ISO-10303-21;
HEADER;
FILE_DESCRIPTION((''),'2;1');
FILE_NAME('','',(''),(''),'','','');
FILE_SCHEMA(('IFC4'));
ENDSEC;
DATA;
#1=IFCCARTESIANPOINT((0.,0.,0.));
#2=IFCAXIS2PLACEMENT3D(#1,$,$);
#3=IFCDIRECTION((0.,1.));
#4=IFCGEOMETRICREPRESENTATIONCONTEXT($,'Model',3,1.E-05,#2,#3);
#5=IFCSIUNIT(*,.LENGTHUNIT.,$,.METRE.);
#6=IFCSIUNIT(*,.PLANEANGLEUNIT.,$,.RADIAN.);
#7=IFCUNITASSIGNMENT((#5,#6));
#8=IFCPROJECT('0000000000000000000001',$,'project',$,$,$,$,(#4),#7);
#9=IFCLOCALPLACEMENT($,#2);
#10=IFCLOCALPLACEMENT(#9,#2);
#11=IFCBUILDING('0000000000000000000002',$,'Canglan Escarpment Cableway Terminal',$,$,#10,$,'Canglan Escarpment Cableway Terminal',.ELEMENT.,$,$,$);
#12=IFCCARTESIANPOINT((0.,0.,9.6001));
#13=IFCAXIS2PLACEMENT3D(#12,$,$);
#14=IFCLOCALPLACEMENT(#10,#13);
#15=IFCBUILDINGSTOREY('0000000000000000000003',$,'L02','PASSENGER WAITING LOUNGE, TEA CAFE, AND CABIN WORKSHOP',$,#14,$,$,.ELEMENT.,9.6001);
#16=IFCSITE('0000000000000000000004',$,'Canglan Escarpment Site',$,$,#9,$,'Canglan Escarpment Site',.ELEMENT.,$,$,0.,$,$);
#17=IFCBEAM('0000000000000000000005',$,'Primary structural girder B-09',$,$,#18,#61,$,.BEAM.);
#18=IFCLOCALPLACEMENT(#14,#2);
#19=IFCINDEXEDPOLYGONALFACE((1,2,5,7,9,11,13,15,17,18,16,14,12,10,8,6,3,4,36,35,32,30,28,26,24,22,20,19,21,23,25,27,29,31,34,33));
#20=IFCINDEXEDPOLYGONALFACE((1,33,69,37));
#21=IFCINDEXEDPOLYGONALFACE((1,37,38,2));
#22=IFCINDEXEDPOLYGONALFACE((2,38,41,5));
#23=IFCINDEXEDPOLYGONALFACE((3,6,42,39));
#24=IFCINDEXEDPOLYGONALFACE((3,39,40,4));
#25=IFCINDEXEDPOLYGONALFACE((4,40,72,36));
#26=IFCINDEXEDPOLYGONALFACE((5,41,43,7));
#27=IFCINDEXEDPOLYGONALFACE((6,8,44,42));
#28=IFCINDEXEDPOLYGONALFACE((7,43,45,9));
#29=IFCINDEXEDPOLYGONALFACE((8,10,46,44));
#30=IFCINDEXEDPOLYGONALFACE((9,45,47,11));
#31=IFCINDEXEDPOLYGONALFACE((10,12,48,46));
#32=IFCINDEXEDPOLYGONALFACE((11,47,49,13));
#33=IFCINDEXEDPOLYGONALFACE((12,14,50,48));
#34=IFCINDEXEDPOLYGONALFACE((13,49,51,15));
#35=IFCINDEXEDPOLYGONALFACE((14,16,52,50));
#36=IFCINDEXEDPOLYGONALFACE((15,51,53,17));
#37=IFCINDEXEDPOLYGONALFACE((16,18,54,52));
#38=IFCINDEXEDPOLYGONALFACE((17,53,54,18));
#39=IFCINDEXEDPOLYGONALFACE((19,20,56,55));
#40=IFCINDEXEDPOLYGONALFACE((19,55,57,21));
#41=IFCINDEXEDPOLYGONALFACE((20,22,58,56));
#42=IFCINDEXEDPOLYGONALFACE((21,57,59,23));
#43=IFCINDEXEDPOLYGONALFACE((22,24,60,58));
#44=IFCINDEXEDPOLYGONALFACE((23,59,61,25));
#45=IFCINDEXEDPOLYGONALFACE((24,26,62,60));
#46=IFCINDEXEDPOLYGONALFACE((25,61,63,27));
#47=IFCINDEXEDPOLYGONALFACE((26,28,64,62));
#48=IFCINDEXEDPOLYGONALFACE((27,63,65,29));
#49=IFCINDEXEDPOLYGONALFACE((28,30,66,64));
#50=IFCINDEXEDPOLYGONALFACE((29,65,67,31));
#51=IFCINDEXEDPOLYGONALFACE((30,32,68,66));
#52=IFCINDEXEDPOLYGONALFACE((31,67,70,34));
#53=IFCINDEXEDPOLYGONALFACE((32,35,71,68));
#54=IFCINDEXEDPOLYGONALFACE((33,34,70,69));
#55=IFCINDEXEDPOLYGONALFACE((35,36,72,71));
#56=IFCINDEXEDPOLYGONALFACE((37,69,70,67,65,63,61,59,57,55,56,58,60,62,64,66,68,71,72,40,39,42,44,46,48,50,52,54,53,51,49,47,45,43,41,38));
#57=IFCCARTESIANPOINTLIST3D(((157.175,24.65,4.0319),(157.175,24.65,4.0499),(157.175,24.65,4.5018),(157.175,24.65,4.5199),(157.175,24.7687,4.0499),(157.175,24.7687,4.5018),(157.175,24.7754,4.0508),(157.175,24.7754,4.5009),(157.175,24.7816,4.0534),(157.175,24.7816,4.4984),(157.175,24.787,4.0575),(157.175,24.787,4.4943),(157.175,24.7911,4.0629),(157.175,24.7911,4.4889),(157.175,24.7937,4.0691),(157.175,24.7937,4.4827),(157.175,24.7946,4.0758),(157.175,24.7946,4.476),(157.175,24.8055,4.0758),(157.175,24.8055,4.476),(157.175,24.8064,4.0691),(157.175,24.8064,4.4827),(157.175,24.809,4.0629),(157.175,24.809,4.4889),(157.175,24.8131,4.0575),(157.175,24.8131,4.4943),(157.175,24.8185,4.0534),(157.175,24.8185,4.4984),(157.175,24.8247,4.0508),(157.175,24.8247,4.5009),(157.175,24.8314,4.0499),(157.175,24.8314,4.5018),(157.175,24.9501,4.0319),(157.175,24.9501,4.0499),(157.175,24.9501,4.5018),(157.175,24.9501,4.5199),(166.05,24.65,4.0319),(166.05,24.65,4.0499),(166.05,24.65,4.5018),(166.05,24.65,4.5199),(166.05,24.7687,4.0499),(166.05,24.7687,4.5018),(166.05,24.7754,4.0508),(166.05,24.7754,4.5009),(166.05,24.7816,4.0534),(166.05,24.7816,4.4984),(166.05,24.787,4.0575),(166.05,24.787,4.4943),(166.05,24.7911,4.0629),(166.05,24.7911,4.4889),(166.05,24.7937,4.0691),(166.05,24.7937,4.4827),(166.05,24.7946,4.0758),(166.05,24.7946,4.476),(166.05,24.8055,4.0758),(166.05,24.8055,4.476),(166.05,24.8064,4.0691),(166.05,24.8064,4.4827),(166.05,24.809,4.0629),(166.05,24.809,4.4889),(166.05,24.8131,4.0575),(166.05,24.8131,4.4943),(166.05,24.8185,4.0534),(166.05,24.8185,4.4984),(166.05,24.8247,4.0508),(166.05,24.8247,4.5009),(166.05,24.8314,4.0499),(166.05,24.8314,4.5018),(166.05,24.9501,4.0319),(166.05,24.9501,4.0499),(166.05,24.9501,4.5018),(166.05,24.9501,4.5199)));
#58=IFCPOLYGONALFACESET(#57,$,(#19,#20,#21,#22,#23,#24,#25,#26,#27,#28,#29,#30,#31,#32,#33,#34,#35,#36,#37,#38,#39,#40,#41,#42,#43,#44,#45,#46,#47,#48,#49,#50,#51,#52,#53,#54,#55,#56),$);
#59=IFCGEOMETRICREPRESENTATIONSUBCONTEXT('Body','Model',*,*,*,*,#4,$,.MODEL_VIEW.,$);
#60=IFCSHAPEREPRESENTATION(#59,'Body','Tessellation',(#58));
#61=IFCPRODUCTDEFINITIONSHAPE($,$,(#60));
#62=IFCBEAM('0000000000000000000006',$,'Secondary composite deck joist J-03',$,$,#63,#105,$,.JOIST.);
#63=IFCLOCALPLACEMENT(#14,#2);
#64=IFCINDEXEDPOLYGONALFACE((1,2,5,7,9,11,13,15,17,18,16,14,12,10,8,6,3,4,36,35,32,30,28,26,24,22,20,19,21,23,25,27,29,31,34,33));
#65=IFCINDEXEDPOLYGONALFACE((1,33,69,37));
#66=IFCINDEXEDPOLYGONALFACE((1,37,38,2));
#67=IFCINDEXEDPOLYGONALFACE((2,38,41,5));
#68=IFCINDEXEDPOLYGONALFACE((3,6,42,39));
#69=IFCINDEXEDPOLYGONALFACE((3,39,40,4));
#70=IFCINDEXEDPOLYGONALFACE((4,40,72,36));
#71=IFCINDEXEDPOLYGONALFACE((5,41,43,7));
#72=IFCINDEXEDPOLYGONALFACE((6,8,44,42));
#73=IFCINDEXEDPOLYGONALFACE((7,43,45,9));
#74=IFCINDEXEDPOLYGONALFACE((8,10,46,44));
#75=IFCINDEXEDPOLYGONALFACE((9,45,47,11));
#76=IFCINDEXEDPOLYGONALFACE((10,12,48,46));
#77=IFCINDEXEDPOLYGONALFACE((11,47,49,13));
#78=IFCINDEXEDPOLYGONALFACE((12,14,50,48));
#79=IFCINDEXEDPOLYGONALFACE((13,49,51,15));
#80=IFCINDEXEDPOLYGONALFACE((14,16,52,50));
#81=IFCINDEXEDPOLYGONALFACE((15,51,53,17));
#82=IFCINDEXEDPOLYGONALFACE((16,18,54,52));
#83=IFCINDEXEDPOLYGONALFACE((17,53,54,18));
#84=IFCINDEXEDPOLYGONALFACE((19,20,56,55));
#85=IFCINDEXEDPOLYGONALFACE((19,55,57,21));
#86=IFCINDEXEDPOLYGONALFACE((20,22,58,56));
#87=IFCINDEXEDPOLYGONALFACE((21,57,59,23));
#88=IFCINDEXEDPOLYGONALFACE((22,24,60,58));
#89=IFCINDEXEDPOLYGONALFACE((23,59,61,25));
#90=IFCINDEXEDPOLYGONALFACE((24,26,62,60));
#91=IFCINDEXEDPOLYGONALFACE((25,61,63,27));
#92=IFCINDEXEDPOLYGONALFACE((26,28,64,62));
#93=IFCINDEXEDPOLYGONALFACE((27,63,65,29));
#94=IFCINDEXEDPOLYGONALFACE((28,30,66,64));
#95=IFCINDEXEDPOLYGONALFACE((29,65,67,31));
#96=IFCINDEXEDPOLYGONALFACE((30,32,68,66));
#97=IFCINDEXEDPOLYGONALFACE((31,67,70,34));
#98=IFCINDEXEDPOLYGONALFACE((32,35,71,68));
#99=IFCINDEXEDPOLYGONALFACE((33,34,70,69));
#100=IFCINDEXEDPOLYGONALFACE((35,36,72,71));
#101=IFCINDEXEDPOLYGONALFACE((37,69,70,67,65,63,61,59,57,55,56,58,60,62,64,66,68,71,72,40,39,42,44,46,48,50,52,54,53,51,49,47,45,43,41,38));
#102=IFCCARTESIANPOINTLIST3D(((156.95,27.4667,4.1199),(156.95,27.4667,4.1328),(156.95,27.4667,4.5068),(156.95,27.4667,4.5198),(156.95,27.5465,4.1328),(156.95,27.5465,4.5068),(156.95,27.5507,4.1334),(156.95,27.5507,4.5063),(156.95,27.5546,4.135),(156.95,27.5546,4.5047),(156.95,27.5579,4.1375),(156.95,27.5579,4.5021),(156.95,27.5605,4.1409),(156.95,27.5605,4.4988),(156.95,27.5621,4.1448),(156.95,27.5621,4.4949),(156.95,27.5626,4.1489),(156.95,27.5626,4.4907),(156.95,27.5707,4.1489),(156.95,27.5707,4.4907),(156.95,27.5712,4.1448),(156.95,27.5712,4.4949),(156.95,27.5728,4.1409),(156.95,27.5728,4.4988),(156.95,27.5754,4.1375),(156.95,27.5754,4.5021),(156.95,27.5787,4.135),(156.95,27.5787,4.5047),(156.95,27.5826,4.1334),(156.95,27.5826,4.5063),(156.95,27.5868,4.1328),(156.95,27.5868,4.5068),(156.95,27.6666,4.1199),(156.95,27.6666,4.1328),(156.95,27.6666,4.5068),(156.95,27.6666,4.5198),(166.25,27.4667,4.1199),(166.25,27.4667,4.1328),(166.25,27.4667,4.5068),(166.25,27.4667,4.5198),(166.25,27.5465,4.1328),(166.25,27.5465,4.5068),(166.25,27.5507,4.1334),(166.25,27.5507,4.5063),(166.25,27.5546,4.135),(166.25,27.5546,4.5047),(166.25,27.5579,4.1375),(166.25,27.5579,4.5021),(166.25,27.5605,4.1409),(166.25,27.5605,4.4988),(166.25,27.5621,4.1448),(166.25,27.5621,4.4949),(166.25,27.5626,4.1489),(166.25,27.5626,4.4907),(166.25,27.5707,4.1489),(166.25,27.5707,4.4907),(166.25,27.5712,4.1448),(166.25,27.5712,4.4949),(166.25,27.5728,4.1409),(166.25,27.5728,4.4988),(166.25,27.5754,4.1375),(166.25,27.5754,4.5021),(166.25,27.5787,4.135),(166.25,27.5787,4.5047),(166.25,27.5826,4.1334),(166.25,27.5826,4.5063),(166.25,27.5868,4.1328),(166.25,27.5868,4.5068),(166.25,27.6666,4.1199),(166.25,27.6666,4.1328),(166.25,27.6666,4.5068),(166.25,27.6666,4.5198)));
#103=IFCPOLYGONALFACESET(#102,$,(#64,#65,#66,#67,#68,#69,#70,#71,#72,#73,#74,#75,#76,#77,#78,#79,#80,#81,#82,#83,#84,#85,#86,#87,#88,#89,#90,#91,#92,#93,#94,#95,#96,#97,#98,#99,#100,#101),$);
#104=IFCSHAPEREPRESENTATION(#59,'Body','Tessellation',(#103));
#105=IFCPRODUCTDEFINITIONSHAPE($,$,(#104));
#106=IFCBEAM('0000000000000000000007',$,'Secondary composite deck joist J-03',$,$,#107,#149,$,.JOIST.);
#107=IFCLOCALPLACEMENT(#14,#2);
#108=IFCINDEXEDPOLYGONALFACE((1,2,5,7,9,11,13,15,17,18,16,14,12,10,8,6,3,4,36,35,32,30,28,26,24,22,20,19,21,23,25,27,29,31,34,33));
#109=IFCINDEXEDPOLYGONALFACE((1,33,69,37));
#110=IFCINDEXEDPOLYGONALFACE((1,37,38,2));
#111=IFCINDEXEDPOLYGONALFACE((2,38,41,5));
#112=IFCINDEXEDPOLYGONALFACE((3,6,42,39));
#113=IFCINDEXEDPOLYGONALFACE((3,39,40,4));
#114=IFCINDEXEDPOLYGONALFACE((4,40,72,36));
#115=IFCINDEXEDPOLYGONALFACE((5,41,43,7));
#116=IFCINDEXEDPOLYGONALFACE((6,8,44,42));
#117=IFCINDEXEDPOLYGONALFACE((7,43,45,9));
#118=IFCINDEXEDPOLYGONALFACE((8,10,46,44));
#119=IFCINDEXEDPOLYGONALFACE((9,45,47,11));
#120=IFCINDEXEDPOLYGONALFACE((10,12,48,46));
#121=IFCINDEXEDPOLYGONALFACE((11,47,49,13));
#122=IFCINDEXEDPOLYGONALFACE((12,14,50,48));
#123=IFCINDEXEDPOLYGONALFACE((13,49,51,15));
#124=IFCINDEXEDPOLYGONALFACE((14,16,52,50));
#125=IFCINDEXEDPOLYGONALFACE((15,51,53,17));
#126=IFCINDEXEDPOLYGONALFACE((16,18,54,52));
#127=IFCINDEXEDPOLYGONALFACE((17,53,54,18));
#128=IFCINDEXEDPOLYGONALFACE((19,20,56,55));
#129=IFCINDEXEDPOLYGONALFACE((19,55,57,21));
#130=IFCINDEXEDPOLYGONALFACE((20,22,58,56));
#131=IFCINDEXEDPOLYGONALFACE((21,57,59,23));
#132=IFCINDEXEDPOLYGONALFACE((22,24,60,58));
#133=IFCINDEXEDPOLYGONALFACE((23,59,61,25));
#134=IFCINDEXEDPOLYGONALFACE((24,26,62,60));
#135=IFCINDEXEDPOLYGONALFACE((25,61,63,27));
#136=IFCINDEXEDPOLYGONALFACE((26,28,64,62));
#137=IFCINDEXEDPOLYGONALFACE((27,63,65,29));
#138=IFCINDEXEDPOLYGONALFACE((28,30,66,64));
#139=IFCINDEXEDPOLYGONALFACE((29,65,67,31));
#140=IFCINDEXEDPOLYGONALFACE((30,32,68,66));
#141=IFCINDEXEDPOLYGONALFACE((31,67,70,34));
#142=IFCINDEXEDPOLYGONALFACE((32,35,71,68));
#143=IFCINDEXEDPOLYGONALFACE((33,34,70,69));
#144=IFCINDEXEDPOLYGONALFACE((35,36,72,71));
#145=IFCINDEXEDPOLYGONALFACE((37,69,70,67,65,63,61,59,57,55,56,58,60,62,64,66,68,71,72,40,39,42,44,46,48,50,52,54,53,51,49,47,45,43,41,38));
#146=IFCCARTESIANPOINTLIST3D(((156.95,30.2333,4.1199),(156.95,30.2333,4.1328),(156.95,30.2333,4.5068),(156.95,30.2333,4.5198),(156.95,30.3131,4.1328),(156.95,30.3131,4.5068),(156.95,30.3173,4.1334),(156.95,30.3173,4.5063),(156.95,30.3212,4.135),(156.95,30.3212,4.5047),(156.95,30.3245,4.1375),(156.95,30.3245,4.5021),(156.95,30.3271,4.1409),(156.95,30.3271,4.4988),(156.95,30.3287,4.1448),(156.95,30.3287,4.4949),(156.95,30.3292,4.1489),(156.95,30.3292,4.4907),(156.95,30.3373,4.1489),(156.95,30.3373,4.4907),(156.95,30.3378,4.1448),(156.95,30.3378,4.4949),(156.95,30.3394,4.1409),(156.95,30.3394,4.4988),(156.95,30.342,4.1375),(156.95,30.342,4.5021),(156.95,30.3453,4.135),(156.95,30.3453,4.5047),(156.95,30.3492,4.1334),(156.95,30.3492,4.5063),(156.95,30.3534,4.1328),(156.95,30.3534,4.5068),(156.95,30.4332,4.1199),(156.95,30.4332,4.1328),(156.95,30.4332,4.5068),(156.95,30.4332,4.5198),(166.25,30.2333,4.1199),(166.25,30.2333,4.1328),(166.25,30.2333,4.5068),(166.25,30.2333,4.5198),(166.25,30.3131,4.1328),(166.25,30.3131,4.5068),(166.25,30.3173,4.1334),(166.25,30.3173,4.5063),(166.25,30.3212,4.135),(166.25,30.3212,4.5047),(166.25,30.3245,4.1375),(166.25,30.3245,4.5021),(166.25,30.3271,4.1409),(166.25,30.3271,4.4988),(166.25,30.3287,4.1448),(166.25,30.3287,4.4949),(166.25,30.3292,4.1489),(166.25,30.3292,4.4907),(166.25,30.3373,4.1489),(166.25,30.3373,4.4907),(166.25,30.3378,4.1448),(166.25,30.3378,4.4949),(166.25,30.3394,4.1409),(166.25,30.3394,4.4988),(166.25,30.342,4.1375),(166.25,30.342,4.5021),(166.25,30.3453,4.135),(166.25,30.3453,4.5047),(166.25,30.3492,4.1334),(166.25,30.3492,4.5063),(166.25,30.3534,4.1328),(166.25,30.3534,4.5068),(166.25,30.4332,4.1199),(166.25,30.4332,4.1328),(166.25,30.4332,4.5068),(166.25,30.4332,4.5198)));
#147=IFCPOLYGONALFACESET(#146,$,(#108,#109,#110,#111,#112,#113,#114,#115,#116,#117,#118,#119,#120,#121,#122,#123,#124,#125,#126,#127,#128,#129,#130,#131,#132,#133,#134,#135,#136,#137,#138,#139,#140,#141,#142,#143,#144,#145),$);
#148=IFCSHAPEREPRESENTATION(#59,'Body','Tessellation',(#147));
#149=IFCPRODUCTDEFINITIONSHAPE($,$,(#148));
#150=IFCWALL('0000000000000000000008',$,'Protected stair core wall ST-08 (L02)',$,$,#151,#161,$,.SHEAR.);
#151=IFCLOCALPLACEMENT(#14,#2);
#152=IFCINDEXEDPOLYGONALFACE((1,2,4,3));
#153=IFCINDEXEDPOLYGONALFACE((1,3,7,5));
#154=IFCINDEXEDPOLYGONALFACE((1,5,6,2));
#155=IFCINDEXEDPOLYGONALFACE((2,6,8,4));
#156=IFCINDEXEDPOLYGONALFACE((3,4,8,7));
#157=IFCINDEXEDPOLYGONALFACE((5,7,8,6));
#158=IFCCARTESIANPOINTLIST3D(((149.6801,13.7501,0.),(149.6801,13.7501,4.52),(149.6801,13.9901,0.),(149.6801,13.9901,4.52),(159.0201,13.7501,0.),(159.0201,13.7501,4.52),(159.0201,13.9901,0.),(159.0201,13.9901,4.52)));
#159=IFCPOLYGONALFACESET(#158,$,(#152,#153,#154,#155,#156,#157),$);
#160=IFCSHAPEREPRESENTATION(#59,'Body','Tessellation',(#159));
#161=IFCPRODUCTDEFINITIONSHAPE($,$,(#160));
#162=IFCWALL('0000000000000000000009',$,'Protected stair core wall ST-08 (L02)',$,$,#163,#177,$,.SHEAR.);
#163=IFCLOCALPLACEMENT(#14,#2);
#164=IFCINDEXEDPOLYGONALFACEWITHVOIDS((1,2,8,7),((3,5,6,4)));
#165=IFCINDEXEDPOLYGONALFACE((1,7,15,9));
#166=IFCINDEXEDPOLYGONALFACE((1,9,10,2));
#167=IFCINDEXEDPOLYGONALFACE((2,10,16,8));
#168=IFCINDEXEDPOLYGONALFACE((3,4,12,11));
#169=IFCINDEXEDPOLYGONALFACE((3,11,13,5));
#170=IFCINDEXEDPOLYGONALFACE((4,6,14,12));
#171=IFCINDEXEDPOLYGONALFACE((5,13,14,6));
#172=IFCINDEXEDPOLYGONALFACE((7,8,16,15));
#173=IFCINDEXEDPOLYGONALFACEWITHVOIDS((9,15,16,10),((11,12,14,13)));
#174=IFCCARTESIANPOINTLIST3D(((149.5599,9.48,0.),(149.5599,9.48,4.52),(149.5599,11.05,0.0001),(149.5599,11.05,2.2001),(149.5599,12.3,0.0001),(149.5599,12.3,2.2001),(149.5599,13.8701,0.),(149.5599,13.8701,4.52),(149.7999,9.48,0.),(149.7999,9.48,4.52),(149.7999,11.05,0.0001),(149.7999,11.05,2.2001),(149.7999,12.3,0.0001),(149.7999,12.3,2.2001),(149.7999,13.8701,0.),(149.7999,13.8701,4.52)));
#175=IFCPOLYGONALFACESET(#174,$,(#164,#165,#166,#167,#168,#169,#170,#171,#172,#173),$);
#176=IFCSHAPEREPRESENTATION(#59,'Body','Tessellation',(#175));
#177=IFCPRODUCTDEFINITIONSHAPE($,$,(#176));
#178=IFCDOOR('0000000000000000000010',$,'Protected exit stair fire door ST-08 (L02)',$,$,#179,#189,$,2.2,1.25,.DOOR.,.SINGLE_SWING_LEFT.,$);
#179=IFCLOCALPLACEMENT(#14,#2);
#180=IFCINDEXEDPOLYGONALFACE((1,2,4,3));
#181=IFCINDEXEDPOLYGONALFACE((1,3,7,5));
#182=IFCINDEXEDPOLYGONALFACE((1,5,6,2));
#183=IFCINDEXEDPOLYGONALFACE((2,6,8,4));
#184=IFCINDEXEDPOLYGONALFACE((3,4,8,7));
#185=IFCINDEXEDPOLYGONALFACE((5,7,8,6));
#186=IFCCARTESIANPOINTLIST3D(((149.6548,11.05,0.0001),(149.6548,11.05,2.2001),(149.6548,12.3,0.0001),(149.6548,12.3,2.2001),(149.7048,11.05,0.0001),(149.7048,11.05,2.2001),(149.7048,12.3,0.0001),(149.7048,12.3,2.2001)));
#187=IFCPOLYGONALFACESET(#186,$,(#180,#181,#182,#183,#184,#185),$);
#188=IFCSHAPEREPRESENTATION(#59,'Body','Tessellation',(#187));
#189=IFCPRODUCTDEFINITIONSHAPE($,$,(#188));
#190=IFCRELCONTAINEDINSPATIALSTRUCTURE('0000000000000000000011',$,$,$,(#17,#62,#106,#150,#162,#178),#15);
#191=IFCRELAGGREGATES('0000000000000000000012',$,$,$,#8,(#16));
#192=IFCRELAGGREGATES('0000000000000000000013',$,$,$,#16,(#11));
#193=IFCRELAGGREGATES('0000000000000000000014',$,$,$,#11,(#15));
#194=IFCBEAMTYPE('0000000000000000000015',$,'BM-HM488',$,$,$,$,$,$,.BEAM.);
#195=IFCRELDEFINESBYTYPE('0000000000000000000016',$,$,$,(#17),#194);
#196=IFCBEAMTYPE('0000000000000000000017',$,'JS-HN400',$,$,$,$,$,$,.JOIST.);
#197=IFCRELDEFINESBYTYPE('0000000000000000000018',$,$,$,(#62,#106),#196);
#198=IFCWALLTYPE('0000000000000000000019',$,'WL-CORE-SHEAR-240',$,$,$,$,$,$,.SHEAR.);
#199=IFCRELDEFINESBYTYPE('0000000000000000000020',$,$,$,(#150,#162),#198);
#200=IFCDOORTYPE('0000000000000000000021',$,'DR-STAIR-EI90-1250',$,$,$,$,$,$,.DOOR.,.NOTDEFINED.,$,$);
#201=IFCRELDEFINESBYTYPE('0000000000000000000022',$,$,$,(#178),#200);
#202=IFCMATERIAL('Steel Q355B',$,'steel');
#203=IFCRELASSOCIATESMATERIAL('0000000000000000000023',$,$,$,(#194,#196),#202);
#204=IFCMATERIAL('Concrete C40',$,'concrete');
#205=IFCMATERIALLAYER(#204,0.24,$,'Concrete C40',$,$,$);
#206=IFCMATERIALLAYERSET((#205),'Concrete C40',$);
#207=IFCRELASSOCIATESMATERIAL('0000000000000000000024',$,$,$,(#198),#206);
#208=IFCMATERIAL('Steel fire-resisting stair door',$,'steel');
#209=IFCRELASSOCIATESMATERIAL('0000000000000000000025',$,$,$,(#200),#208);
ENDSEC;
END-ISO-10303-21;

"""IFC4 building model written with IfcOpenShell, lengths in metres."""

from ifc_helpers import new_model, si_unit, direction, frame, frame_2d, origin, origin_2d, place, context, subcontext, project, spatial, rectangle, i_section, extrude, material, layer, layer_set, material_profile, profile_set, type_object, element, fill, save


model = new_model("IFC4")

# Units and contexts
model_context = context("Model", 3, precision=1e-05, world=origin(), true_north=direction((0.0, 1.0)))
body_context = subcontext(model_context, "Body", "Model", "MODEL_VIEW")
ifc_project = project(units=[si_unit("LENGTHUNIT", "METRE"), si_unit("PLANEANGLEUNIT", "RADIAN")], contexts=[model_context])

# Site, building, storey
site_placement = place(None, origin())
site = spatial("IfcSite", under=ifc_project, at=site_placement, Name="Canglan Escarpment Site", LongName="Canglan Escarpment Site", CompositionType="ELEMENT", RefElevation=0.0)
building_placement = place(site_placement, origin())
building = spatial("IfcBuilding", under=site, at=building_placement, Name="Canglan Escarpment Cableway Terminal", LongName="Canglan Escarpment Cableway Terminal", CompositionType="ELEMENT")
storey_placement = place(building_placement, frame((0.0, 0.0, 9.6001)))
storey = spatial("IfcBuildingStorey", under=building, at=storey_placement, Name="L02", Description="PASSENGER WAITING LOUNGE, TEA CAFE, AND CABIN WORKSHOP", CompositionType="ELEMENT", Elevation=9.6001)

# Shared definitions
ifc_material_1 = material(Name="Concrete C40", Category="concrete")

# Beams
ifc_material_2 = material(Name="Steel Q355B", Category="steel")
ifc_material_profile_1 = material_profile(ifc_material_2, i_section(OverallWidth=0.3, OverallDepth=0.488, WebThickness=0.011, FlangeThickness=0.0181, FilletRadius=0.0259, at=origin_2d()), Name="HM 488x300x11x18")
ifc_profile_set_1 = profile_set([ifc_material_profile_1], Name="Steel Q355B")
beam_type_1 = type_object("IfcBeamType", Name="BM-HM488", PredefinedType="BEAM", material=ifc_profile_set_1)
for number, where, z_axis, x_axis, name in (
    (1, (157.175, 24.8, 4.2759), (1.0, 0.0, 0.0), (0.0, 1.0, 0.0), "Primary structural girder B-09"),
):
    element("IfcBeam", number, at=place(storey_placement, frame(where, z_axis=z_axis, x_axis=x_axis)), inside=storey, type_object=beam_type_1, Name=name, PredefinedType="BEAM", context=body_context, shape_type="SweptSolid", body=[
        extrude(i_section(OverallWidth=0.3, OverallDepth=0.488, WebThickness=0.011, FlangeThickness=0.0181, FilletRadius=0.0259, at=origin_2d()), origin(), (0.0, 0.0, 1.0), 8.875),
    ])
ifc_material_profile_2 = material_profile(ifc_material_2, i_section(OverallWidth=0.2, OverallDepth=0.3999, WebThickness=0.0081, FlangeThickness=0.0129, FilletRadius=0.0161, at=origin_2d()), Name="HN 400x200x8x13")
ifc_profile_set_2 = profile_set([ifc_material_profile_2], Name="Steel Q355B")
beam_type_2 = type_object("IfcBeamType", Name="JS-HN400", PredefinedType="JOIST", material=ifc_profile_set_2)
for number, where, z_axis, x_axis, name in (
    (2, (156.95, 27.5667, 4.3198), (1.0, 0.0, 0.0), (0.0, 1.0, 0.0), "Secondary composite deck joist J-03"),
    (3, (156.95, 30.3333, 4.3198), (1.0, 0.0, 0.0), (0.0, 1.0, 0.0), "Secondary composite deck joist J-03"),
):
    element("IfcBeam", number, at=place(storey_placement, frame(where, z_axis=z_axis, x_axis=x_axis)), inside=storey, type_object=beam_type_2, Name=name, PredefinedType="JOIST", context=body_context, shape_type="SweptSolid", body=[
        extrude(i_section(OverallWidth=0.2, OverallDepth=0.3999, WebThickness=0.0081, FlangeThickness=0.0129, FilletRadius=0.0161, at=origin_2d()), origin(), (0.0, 0.0, 1.0), 9.3),
    ])

# Wall
ifc_layer_1 = layer(ifc_material_1, 0.24, Name="Concrete C40")
ifc_layer_set_1 = layer_set([ifc_layer_1], Name="Concrete C40")
wall_type_1 = type_object("IfcWallType", Name="WL-CORE-SHEAR-240", PredefinedType="SHEAR", material=ifc_layer_set_1)
wall_1_placement = place(storey_placement, frame((159.02, 13.8701, 0.0), z_axis=(0.0, 0.0, 1.0), x_axis=(-1.0, 0.0, 0.0)))
element("IfcWall", 4, at=wall_1_placement, inside=storey, type_object=wall_type_1, Name="Protected stair core wall ST-08 (L02)", PredefinedType="SHEAR", context=body_context, shape_type="SweptSolid", body=[
    extrude(rectangle(XDim=9.3401, YDim=0.24, at=frame_2d((4.6699, 0.0))), origin(), (0.0, 0.0, 1.0), 4.52),
])

# Wall, opening, door
wall_2_placement = place(storey_placement, frame((149.6799, 13.8701, 0.0), z_axis=(0.0, 0.0, 1.0), x_axis=(0.0, -1.0, 0.0)))
wall_2 = element("IfcWall", 5, at=wall_2_placement, inside=storey, type_object=wall_type_1, Name="Protected stair core wall ST-08 (L02)", PredefinedType="SHEAR", context=body_context, shape_type="SweptSolid", body=[
    extrude(rectangle(XDim=4.3901, YDim=0.24, at=frame_2d((2.1951, 0.0))), origin(), (0.0, 0.0, 1.0), 4.52),
])
opening_1_placement = place(wall_2_placement, frame((1.5701, 0.0, 0.0)))
opening_1 = element("IfcOpeningElement", 6, at=opening_1_placement, cuts=wall_2, PredefinedType="OPENING", context=body_context, shape_type="SweptSolid", body=[
    extrude(rectangle(XDim=1.25, YDim=2.2, at=frame_2d((0.625, 1.1001))), frame((0.0, 0.1299, 0.0), z_axis=(0.0, -1.0, 0.0), x_axis=(1.0, 0.0, 0.0)), (0.0, 0.0, 1.0), 0.26),
])
ifc_material_3 = material(Name="Steel fire-resisting stair door", Category="steel")
door_type_1 = type_object("IfcDoorType", Name="DR-STAIR-EI90-1250", OperationType="NOTDEFINED", PredefinedType="DOOR", material=ifc_material_3)
door_1_placement = place(opening_1_placement, origin())
door_1 = element("IfcDoor", 7, at=door_1_placement, inside=storey, type_object=door_type_1, Name="Protected exit stair fire door ST-08 (L02)", OperationType="SINGLE_SWING_LEFT", OverallHeight=2.2, OverallWidth=1.25, PredefinedType="DOOR", context=body_context, shape_type="SweptSolid", body=[
    extrude(rectangle(XDim=1.25, YDim=2.2, at=frame_2d((0.625, 1.1001))), frame((0.0, 0.0249, 0.0), z_axis=(0.0, -1.0, 0.0), x_axis=(1.0, 0.0, 0.0)), (0.0, 0.0, 1.0), 0.05),
])
fill(opening_1, door_1)

save(model, "model.ifc")
